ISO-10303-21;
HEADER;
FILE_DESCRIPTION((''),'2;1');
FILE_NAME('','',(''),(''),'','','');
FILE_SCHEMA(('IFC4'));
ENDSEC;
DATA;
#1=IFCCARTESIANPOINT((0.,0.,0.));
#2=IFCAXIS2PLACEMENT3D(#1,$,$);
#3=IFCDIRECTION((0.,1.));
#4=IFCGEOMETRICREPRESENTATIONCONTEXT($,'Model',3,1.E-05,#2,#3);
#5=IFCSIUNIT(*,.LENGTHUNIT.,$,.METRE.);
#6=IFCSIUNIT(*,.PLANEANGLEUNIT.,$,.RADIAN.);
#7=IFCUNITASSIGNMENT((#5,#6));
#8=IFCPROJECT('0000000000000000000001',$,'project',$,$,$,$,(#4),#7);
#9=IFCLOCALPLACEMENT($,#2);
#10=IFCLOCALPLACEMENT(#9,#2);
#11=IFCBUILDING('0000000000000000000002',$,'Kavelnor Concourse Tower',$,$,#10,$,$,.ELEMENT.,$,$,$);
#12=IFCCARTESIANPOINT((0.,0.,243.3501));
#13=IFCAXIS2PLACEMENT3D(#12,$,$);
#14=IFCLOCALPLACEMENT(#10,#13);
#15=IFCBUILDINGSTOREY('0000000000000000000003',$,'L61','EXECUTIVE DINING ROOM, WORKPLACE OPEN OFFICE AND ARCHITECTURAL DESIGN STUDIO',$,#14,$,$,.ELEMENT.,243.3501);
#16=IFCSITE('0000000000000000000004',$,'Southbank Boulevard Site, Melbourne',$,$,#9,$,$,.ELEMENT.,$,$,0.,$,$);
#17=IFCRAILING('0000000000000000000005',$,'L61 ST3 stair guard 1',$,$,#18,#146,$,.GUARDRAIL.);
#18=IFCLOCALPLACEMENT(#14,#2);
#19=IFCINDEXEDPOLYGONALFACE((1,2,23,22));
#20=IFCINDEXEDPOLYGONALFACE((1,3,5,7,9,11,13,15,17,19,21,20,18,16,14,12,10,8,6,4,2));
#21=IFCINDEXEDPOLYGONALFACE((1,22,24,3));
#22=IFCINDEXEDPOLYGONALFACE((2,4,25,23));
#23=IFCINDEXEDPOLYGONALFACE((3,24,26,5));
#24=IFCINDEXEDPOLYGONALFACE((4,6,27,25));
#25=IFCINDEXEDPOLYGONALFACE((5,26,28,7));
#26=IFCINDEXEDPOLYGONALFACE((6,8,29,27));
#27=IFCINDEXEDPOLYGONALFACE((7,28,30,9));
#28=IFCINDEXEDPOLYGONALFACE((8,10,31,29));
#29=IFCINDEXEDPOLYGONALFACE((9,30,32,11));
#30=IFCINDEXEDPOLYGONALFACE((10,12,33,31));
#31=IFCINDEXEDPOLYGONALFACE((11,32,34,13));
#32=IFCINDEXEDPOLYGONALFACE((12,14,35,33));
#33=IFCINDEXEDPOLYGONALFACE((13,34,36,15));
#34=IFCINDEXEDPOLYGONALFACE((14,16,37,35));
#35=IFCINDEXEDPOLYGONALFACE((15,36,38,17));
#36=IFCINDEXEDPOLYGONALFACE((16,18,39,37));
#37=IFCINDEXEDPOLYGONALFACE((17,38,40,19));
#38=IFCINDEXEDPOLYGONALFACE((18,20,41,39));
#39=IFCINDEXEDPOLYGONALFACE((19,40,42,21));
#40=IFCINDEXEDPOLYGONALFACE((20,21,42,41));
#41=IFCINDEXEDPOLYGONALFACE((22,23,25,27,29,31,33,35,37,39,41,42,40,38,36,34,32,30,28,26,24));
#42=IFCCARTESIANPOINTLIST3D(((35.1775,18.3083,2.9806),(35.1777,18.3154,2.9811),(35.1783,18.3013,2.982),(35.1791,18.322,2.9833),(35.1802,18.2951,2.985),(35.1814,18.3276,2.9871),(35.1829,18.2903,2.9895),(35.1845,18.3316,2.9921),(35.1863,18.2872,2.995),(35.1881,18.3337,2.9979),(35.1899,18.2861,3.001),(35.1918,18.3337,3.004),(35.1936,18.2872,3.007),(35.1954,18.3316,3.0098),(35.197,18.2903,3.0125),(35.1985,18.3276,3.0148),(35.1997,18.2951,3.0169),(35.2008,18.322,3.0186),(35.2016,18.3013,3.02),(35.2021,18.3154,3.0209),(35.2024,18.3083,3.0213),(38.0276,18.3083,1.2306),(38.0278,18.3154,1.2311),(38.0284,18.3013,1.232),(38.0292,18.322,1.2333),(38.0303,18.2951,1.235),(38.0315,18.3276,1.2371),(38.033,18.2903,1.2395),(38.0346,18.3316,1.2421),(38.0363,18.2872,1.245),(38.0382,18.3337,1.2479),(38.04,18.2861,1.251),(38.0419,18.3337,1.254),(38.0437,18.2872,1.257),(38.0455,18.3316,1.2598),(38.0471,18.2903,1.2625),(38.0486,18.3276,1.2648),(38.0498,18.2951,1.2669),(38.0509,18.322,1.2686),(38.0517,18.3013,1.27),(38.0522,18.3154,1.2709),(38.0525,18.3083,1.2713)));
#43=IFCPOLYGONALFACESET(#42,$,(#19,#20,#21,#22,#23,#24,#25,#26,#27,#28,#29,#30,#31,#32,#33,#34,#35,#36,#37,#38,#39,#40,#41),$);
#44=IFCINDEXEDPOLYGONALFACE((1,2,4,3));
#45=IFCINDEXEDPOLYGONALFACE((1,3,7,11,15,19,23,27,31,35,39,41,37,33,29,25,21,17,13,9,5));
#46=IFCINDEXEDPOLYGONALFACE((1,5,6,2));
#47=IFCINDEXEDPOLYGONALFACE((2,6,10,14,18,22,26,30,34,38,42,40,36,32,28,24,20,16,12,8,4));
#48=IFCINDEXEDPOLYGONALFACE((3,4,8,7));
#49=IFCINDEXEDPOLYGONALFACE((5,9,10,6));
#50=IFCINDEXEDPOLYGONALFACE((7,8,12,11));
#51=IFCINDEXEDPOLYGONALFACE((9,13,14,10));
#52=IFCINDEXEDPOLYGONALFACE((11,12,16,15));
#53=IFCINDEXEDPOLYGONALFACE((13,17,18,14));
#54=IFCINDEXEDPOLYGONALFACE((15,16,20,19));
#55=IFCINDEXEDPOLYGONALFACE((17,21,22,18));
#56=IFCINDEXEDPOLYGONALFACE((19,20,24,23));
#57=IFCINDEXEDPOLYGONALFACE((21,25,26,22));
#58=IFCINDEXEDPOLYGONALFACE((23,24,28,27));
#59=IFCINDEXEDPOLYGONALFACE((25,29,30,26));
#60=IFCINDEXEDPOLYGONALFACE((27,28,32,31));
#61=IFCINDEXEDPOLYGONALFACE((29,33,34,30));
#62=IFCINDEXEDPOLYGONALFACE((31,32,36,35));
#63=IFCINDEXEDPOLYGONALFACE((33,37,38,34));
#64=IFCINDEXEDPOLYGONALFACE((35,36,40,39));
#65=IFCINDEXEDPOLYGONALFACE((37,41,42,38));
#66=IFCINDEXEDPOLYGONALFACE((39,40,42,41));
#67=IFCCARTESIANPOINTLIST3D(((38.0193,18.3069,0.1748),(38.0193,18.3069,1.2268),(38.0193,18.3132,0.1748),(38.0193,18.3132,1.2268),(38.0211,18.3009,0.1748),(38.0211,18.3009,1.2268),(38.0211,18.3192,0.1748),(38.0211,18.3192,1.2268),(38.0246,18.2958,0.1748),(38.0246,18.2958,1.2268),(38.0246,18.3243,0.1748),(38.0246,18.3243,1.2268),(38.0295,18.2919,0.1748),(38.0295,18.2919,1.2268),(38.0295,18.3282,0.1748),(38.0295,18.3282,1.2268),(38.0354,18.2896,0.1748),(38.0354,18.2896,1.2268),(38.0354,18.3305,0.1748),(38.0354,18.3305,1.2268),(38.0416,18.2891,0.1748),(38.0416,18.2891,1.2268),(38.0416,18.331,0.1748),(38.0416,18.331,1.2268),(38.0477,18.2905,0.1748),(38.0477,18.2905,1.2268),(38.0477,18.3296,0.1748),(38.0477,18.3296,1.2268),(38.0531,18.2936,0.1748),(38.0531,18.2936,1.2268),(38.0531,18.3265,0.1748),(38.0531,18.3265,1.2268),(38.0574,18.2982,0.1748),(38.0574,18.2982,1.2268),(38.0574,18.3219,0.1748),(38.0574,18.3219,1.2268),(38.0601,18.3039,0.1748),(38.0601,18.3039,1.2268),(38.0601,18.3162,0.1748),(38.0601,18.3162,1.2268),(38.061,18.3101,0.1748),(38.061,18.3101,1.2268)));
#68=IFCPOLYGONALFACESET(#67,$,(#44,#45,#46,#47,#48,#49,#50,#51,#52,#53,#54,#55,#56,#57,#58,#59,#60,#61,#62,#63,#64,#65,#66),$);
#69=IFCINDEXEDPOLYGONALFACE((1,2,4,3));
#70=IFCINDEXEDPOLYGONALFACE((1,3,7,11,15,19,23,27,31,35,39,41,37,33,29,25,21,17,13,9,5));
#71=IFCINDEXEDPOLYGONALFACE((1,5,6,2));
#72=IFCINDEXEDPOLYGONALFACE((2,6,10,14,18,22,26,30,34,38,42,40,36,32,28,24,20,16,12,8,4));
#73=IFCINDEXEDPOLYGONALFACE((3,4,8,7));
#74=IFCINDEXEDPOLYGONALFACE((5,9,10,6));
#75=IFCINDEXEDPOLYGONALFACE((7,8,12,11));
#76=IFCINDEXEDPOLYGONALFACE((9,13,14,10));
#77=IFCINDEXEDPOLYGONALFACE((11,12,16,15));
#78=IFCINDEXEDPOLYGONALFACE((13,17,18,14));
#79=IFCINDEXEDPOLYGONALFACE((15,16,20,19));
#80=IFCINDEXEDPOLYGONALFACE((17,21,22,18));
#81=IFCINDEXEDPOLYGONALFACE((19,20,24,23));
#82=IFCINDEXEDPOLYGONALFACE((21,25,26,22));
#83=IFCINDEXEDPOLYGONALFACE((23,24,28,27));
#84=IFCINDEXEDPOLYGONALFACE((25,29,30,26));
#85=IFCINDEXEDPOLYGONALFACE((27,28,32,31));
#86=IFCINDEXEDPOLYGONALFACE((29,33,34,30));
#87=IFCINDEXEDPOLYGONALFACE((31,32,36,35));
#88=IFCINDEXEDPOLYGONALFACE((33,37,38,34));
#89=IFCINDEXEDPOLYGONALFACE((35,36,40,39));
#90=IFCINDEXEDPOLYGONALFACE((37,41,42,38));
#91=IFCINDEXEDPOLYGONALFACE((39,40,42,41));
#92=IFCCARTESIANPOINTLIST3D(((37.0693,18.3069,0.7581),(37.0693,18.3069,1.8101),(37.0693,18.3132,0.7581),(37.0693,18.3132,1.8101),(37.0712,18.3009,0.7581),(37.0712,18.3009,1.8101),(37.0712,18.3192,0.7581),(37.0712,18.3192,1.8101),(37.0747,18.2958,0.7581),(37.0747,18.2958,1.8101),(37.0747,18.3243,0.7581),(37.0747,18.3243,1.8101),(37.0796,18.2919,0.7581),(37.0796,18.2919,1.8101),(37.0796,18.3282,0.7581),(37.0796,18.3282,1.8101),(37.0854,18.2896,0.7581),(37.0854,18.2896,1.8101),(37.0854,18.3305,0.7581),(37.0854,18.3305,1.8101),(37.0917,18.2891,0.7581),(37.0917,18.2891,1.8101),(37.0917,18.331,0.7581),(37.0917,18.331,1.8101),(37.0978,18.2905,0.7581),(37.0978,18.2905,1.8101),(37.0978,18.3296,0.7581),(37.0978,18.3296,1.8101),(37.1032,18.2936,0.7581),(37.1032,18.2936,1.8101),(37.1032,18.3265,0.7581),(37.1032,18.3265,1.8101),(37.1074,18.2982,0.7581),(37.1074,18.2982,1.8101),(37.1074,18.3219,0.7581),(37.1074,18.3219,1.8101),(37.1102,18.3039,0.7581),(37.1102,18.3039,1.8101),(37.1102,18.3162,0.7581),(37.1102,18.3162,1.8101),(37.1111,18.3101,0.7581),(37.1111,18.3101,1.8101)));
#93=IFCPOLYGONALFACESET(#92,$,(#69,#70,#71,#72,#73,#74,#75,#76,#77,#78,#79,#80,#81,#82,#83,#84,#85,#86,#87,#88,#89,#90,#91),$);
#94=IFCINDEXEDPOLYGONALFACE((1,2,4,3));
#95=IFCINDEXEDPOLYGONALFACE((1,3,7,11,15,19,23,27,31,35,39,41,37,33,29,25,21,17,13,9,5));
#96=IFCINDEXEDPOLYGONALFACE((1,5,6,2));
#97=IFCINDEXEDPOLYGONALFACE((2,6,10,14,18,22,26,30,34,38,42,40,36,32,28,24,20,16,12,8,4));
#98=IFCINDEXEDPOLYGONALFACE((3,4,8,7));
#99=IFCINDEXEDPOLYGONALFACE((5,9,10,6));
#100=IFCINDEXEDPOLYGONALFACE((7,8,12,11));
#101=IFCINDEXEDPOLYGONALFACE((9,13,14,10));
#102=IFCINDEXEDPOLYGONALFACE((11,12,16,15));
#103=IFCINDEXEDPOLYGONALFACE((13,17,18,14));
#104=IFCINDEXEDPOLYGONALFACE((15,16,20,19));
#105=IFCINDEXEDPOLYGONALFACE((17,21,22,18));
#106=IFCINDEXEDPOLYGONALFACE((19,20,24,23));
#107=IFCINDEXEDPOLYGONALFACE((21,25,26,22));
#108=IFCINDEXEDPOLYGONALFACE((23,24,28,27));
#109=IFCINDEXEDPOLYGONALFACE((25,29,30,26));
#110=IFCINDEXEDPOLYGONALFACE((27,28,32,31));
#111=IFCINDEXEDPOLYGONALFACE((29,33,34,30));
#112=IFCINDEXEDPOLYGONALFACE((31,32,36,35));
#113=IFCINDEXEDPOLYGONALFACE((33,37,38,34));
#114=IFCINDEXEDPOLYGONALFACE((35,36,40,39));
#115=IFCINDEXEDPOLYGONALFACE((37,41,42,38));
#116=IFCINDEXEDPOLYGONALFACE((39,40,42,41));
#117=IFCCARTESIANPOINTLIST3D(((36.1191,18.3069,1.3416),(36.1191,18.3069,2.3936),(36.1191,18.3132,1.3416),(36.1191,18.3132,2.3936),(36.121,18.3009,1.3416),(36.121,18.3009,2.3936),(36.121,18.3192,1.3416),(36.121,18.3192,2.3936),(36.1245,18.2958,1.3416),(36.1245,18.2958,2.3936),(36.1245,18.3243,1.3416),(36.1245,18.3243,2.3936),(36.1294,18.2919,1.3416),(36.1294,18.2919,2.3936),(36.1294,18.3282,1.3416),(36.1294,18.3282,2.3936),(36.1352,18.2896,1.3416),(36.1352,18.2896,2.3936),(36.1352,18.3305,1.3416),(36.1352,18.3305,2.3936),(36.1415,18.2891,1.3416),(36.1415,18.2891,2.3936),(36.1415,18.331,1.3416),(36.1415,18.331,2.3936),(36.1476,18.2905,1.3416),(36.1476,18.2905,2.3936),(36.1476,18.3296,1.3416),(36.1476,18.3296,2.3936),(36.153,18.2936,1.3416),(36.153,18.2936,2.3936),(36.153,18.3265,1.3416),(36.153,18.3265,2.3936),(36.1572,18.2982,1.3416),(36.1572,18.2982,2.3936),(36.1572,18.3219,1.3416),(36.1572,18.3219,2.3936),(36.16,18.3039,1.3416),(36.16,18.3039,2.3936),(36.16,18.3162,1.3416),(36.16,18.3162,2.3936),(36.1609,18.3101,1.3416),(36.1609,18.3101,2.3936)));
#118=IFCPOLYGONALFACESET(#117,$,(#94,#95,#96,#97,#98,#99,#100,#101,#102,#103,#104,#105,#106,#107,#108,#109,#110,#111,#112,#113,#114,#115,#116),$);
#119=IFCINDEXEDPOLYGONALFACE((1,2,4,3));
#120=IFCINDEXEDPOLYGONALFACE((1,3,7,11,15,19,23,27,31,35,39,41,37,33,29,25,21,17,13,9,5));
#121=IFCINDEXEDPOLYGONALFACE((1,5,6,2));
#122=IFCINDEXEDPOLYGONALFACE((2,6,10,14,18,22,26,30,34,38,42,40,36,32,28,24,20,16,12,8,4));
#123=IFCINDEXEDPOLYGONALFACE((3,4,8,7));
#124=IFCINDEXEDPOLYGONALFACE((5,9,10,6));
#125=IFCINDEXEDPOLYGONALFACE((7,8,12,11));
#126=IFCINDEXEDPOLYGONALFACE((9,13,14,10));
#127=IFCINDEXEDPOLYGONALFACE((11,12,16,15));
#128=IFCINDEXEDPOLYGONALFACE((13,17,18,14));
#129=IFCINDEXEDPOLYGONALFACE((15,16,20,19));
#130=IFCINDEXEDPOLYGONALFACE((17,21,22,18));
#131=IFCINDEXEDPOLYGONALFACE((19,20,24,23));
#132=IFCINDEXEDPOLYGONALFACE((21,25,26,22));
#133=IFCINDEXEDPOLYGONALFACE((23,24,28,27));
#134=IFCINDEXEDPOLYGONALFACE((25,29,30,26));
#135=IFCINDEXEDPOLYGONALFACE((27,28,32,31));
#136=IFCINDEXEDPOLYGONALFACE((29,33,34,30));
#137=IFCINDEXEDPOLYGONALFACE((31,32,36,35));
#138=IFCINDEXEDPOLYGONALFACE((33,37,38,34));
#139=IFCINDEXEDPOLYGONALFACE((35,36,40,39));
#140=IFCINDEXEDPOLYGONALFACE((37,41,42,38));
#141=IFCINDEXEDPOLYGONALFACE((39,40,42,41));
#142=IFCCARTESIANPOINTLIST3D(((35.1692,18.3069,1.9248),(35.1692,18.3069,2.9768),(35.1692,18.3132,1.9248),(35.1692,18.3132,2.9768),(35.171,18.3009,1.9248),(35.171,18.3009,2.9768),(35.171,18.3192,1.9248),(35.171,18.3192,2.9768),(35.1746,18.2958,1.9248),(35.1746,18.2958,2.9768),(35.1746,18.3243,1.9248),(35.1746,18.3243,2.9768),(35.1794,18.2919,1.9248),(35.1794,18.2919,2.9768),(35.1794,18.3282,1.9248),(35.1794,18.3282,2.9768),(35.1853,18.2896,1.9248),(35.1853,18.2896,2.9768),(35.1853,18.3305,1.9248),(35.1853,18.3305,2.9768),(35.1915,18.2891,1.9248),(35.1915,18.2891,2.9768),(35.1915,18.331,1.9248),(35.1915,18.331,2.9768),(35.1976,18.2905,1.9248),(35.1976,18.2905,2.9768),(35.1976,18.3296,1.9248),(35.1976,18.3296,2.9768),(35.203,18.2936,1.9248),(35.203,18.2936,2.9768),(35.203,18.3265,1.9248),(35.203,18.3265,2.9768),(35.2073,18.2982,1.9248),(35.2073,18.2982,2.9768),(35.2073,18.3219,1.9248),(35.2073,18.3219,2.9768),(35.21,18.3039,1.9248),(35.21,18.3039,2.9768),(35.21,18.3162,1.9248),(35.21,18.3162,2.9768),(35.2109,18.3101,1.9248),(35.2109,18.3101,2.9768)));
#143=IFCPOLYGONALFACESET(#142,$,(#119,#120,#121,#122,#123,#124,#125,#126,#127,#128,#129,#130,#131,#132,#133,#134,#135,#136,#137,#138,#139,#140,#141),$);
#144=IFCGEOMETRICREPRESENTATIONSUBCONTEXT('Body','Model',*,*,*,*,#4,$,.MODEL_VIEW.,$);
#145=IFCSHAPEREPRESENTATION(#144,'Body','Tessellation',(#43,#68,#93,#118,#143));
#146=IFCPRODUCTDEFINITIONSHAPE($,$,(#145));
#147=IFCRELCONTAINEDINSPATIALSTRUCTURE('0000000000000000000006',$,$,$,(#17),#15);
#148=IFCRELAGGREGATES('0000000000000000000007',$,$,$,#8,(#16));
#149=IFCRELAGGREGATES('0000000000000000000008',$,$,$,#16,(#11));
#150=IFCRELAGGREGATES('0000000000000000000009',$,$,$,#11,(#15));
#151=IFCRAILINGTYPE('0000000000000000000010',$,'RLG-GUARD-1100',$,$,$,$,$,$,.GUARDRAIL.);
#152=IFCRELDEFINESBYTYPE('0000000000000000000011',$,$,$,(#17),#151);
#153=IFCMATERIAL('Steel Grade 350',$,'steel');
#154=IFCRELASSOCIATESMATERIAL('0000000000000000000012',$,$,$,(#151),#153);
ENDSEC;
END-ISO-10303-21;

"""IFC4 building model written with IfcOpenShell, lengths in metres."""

from ifc_helpers import new_model, si_unit, direction, frame, origin, origin_2d, place, context, subcontext, project, spatial, circle, extrude, material, type_object, element, save


model = new_model("IFC4")

# Units and contexts
model_context = context("Model", 3, precision=1e-05, world=origin(), true_north=direction((0.0, 1.0)))
body_context = subcontext(model_context, "Body", "Model", "MODEL_VIEW")
ifc_project = project(units=[si_unit("LENGTHUNIT", "METRE"), si_unit("PLANEANGLEUNIT", "RADIAN")], contexts=[model_context])

# Site, building, storey
site_placement = place(None, origin())
site = spatial("IfcSite", under=ifc_project, at=site_placement, Name="Southbank Boulevard Site, Melbourne", CompositionType="ELEMENT", RefElevation=0.0)
building_placement = place(site_placement, origin())
building = spatial("IfcBuilding", under=site, at=building_placement, Name="Kavelnor Concourse Tower", CompositionType="ELEMENT")
storey_placement = place(building_placement, frame((0.0, 0.0, 243.3501)))
storey = spatial("IfcBuildingStorey", under=building, at=storey_placement, Name="L61", Description="EXECUTIVE DINING ROOM, WORKPLACE OPEN OFFICE AND ARCHITECTURAL DESIGN STUDIO", CompositionType="ELEMENT", Elevation=243.3501)

# Shared definitions
ifc_material_1 = material(Name="Steel Grade 350", Category="steel")

# Railing
railing_type_1 = type_object("IfcRailingType", Name="RLG-GUARD-1100", PredefinedType="GUARDRAIL", material=ifc_material_1)
railing_1_placement = place(storey_placement, frame((38.04, 18.3101, 0.1748)))
element("IfcRailing", 1, at=railing_1_placement, inside=storey, type_object=railing_type_1, Name="L61 ST3 stair guard 1", PredefinedType="GUARDRAIL", context=body_context, shape_type="SweptSolid", body=[
    extrude(circle(Radius=0.0239, at=origin_2d()), frame((0.0, 0.0, 1.0762), z_axis=(-0.852179, 0.0, 0.52325), x_axis=(0.0, -1.0, 0.0)), (0.0, 0.0, 1.0), 3.3445),
    extrude(circle(Radius=0.021, at=origin_2d()), origin(), (0.0, 0.0, 1.0), 1.052),
    extrude(circle(Radius=0.021, at=origin_2d()), frame((-0.95, 0.0, 0.5833)), (0.0, 0.0, 1.0), 1.052),
    extrude(circle(Radius=0.021, at=origin_2d()), frame((-1.9001, 0.0, 1.1667)), (0.0, 0.0, 1.0), 1.052),
    extrude(circle(Radius=0.021, at=origin_2d()), frame((-2.8501, 0.0, 1.75)), (0.0, 0.0, 1.0), 1.052),
])

save(model, "model.ifc")
